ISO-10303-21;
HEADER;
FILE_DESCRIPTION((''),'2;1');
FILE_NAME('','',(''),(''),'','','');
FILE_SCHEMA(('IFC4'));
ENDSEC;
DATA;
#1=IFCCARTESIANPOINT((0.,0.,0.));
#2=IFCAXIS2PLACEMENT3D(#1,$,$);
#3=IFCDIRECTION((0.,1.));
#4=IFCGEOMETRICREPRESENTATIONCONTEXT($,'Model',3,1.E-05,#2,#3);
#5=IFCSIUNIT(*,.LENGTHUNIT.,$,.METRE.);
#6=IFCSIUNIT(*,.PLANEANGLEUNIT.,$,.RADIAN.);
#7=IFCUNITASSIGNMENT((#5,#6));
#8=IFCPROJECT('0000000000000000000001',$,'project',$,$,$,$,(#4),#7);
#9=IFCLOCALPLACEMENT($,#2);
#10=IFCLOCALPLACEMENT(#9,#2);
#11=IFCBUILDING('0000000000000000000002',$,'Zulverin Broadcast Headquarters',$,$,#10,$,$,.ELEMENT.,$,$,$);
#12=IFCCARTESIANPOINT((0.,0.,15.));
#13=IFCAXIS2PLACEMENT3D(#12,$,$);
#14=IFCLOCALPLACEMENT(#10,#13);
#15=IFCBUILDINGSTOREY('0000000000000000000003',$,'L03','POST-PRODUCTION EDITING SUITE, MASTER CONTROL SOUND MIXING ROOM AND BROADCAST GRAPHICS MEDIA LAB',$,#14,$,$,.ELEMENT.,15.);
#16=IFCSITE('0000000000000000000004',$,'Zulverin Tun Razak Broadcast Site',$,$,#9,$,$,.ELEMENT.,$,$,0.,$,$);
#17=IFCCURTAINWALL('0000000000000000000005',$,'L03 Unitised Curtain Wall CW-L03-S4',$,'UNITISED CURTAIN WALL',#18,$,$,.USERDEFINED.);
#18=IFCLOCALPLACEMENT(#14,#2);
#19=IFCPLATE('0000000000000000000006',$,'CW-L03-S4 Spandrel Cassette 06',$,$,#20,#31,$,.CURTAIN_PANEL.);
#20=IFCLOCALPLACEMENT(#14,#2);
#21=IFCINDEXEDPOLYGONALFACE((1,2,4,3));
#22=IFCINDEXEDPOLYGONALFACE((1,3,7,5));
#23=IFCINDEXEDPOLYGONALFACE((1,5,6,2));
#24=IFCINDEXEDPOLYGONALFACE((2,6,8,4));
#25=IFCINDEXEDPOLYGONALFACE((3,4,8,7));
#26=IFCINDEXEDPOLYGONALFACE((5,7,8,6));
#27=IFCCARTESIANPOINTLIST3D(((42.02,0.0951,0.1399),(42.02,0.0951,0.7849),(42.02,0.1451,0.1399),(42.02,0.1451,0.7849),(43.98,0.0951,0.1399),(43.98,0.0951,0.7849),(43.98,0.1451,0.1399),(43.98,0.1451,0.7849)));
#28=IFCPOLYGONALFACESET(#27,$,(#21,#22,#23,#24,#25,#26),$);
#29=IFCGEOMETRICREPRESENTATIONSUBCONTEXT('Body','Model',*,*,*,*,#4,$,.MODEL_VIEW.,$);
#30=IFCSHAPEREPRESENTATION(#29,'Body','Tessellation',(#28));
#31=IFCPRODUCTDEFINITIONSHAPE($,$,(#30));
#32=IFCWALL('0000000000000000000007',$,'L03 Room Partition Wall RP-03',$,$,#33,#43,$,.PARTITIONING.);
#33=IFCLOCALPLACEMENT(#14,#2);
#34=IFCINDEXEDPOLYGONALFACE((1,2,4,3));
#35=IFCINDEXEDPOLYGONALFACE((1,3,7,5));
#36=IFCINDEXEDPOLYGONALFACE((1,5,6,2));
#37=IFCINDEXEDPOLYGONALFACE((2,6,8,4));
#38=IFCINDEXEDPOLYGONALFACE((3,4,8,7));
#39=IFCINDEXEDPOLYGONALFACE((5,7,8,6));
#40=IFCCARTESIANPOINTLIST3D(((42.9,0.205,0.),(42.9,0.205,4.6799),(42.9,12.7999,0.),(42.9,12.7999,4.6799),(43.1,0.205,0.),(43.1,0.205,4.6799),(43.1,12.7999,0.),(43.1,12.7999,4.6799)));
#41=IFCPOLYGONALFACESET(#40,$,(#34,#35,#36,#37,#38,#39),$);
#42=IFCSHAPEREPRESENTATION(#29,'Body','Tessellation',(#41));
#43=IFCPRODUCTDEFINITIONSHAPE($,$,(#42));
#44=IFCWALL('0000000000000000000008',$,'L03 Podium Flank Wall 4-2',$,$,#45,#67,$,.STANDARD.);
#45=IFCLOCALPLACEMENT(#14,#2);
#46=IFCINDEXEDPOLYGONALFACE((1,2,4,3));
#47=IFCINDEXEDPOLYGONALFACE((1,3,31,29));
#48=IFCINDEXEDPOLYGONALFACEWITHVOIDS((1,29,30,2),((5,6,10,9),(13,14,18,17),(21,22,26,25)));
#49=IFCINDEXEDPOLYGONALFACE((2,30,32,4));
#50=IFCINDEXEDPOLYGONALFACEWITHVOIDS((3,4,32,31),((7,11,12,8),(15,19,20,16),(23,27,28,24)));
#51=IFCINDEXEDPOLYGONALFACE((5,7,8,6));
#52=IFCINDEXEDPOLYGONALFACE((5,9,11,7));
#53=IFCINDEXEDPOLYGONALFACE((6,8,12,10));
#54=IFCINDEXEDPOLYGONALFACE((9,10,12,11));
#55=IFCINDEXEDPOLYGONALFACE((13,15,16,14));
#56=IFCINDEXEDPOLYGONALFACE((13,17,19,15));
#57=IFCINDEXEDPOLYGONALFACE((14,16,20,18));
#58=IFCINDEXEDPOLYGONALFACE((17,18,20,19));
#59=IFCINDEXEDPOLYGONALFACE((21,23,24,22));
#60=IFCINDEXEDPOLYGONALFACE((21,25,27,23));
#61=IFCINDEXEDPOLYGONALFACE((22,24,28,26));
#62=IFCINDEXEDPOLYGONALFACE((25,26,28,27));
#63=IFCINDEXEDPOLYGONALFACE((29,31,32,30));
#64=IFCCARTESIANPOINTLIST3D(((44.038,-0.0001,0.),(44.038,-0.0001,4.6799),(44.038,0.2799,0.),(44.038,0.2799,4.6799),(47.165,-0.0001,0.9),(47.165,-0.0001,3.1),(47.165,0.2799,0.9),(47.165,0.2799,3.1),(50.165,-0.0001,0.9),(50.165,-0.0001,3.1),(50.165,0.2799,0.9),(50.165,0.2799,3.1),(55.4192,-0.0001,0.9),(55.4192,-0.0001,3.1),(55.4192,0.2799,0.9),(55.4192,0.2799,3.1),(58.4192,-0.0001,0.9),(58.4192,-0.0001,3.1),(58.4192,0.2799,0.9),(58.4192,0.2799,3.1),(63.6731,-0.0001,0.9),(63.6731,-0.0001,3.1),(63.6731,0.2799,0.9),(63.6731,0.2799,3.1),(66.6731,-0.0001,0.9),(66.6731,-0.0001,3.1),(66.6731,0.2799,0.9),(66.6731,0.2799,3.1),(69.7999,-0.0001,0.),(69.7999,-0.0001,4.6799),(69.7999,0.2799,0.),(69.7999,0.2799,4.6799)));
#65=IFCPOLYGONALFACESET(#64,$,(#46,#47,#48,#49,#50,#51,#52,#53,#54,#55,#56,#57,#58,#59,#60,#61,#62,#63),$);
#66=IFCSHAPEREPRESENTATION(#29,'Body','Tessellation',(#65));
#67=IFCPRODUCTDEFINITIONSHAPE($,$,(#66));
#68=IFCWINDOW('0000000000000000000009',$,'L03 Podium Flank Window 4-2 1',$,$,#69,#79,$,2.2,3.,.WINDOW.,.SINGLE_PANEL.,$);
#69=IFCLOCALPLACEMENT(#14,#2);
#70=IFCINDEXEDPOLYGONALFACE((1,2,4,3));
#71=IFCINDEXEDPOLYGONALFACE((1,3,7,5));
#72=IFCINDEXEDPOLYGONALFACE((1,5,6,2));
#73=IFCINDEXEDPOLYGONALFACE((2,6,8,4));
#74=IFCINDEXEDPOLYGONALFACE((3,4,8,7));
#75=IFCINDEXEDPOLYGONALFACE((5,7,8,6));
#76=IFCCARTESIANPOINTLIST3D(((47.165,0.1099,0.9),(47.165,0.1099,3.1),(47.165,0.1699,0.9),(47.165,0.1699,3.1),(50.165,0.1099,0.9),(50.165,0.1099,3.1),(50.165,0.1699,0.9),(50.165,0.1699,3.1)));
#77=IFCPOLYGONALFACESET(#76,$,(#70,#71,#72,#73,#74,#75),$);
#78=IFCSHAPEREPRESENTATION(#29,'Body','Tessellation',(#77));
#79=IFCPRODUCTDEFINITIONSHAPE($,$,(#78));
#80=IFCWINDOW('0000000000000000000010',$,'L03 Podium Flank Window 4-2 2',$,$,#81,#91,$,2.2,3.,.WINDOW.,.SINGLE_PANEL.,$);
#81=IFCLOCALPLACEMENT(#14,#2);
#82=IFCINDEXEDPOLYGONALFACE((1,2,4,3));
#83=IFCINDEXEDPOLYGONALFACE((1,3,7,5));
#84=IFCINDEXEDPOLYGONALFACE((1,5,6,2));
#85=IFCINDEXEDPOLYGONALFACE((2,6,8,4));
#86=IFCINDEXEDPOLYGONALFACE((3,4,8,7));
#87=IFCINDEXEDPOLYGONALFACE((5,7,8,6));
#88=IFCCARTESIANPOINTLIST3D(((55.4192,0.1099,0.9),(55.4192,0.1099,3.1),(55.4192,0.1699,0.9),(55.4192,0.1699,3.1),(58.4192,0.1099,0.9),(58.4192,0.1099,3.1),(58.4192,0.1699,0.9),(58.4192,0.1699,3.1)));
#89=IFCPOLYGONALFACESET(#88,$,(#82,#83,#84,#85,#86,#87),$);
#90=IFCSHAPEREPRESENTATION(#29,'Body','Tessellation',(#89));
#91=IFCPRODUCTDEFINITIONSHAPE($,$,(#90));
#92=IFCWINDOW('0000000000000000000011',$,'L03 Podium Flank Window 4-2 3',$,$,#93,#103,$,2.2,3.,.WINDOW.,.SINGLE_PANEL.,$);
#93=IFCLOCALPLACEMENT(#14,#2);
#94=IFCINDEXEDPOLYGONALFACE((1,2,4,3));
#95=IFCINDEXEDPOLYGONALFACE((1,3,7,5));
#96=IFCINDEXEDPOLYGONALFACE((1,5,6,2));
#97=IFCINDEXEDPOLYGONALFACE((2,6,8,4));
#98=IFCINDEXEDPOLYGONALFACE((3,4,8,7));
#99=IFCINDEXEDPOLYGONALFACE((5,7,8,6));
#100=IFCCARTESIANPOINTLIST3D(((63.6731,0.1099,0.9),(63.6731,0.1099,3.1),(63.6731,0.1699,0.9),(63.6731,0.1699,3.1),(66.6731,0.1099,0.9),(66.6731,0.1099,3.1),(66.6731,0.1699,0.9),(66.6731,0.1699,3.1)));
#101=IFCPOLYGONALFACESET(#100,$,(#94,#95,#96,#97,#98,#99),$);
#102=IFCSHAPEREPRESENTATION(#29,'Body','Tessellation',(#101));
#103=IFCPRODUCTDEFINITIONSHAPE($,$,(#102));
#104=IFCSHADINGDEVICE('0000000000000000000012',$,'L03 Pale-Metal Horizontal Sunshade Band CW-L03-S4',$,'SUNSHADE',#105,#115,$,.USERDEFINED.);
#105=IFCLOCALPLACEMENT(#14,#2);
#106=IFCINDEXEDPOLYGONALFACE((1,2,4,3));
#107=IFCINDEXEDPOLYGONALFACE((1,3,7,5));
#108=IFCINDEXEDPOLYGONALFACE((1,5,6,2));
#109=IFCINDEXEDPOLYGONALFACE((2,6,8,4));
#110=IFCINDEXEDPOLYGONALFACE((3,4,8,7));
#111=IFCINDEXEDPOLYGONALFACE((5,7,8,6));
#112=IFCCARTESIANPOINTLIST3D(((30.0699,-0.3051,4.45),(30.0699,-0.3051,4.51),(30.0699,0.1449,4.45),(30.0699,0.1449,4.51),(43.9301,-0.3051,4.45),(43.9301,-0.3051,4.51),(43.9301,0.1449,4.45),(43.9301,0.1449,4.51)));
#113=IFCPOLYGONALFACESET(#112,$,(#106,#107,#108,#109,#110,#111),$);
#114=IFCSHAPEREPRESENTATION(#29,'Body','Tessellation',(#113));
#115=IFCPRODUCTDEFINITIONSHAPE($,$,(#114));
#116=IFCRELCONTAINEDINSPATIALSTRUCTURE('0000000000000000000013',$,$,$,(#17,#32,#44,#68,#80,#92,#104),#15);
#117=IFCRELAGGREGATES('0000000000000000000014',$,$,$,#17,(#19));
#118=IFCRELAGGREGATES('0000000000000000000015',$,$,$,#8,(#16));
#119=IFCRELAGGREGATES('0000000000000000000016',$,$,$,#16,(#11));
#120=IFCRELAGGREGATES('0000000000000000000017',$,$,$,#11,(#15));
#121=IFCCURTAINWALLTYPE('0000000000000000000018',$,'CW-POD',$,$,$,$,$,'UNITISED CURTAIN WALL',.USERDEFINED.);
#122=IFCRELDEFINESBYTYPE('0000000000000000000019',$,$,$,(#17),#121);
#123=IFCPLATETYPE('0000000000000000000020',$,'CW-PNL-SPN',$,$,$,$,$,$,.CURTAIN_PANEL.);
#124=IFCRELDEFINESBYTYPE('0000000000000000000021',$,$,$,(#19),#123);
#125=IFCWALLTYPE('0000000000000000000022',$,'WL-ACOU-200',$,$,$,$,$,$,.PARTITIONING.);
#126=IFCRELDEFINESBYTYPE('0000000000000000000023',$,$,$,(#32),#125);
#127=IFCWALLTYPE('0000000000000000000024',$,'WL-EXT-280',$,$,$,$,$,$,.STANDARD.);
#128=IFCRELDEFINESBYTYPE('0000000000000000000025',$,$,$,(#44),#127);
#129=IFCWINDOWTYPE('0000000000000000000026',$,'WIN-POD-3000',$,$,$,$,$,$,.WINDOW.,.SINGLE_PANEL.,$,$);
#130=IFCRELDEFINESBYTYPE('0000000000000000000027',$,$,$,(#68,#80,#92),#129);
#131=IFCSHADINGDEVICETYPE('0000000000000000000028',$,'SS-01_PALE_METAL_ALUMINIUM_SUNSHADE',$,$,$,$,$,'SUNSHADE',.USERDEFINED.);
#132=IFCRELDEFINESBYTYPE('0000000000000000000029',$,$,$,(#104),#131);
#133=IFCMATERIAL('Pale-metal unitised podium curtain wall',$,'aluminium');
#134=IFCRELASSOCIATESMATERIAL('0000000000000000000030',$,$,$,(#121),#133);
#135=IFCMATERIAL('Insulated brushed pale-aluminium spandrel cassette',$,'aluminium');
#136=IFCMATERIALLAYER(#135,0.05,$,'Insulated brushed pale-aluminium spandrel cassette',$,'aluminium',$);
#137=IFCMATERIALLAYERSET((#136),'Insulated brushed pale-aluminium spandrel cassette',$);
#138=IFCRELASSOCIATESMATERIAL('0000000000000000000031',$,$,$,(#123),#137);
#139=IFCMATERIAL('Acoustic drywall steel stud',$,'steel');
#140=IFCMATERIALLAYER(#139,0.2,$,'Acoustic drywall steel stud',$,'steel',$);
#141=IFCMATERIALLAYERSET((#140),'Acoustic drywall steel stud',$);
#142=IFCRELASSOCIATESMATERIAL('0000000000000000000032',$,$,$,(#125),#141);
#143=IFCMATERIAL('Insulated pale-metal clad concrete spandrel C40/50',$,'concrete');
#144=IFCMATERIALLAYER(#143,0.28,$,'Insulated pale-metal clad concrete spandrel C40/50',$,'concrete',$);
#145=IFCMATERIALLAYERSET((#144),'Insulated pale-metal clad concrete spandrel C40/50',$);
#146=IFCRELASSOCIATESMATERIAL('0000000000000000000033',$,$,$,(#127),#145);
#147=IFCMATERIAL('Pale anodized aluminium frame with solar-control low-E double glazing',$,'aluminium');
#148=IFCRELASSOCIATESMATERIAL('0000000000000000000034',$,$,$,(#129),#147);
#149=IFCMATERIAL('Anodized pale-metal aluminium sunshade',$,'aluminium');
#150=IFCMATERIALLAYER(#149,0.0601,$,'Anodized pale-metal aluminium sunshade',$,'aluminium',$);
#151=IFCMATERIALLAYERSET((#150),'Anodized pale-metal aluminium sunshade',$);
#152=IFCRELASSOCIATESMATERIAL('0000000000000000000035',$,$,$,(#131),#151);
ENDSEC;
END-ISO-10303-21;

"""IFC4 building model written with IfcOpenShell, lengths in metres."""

from ifc_helpers import new_model, si_unit, direction, frame, frame_2d, origin, origin_2d, place, context, subcontext, project, spatial, rectangle, extrude, material, layer, layer_set, type_object, element, fill, aggregate, save


model = new_model("IFC4")

# Units and contexts
model_context = context("Model", 3, precision=1e-05, world=origin(), true_north=direction((0.0, 1.0)))
body_context = subcontext(model_context, "Body", "Model", "MODEL_VIEW")
ifc_project = project(units=[si_unit("LENGTHUNIT", "METRE"), si_unit("PLANEANGLEUNIT", "RADIAN")], contexts=[model_context])

# Site, building, storey
site_placement = place(None, origin())
site = spatial("IfcSite", under=ifc_project, at=site_placement, Name="Zulverin Tun Razak Broadcast Site", CompositionType="ELEMENT", RefElevation=0.0)
building_placement = place(site_placement, origin())
building = spatial("IfcBuilding", under=site, at=building_placement, Name="Zulverin Broadcast Headquarters", CompositionType="ELEMENT")
storey_placement = place(building_placement, frame((0.0, 0.0, 15.0)))
storey = spatial("IfcBuildingStorey", under=building, at=storey_placement, Name="L03", Description="POST-PRODUCTION EDITING SUITE, MASTER CONTROL SOUND MIXING ROOM AND BROADCAST GRAPHICS MEDIA LAB", CompositionType="ELEMENT", Elevation=15.0)

# Curtain wall, plate
ifc_material_1 = material(Name="Pale-metal unitised podium curtain wall", Category="aluminium")
curtain_wall_type = type_object("IfcCurtainWallType", Name="CW-POD", ElementType="UNITISED CURTAIN WALL", PredefinedType="USERDEFINED", material=ifc_material_1)
curtain_wall_placement = place(storey_placement, origin())
curtain_wall = element("IfcCurtainWall", 1, at=curtain_wall_placement, inside=storey, type_object=curtain_wall_type, Name="L03 Unitised Curtain Wall CW-L03-S4", ObjectType="UNITISED CURTAIN WALL", PredefinedType="USERDEFINED")
ifc_material_2 = material(Name="Insulated brushed pale-aluminium spandrel cassette", Category="aluminium")
ifc_layer_1 = layer(ifc_material_2, 0.05, Name="Insulated brushed pale-aluminium spandrel cassette", Category="aluminium")
ifc_layer_set_1 = layer_set([ifc_layer_1], Name="Insulated brushed pale-aluminium spandrel cassette")
plate_type_1 = type_object("IfcPlateType", Name="CW-PNL-SPN", PredefinedType="CURTAIN_PANEL", material=ifc_layer_set_1)
plate_1_placement = place(storey_placement, frame((43.0, 0.1201, 0.1399), z_axis=(0.0, 0.0, 1.0), x_axis=(1.0, 0.0, 0.0)))
plate_1 = element("IfcPlate", 2, at=plate_1_placement, type_object=plate_type_1, Name="CW-L03-S4 Spandrel Cassette 06", PredefinedType="CURTAIN_PANEL", context=body_context, shape_type="SweptSolid", body=[
    extrude(rectangle(XDim=1.96, YDim=0.05, at=origin_2d()), origin(), (0.0, 0.0, 1.0), 0.645),
])
aggregate(curtain_wall, [plate_1])

# Wall
ifc_material_3 = material(Name="Acoustic drywall steel stud", Category="steel")
ifc_layer_2 = layer(ifc_material_3, 0.2, Name="Acoustic drywall steel stud", Category="steel")
ifc_layer_set_2 = layer_set([ifc_layer_2], Name="Acoustic drywall steel stud")
wall_type_1 = type_object("IfcWallType", Name="WL-ACOU-200", PredefinedType="PARTITIONING", material=ifc_layer_set_2)
wall_1_placement = place(storey_placement, frame((43.0, 0.2051, 0.0), z_axis=(0.0, 0.0, 1.0), x_axis=(0.0, 1.0, 0.0)))
element("IfcWall", 3, at=wall_1_placement, inside=storey, type_object=wall_type_1, Name="L03 Room Partition Wall RP-03", PredefinedType="PARTITIONING", context=body_context, shape_type="SweptSolid", body=[
    extrude(rectangle(XDim=12.595, YDim=0.2, at=frame_2d((6.2974, 0.0))), origin(), (0.0, 0.0, 1.0), 4.6799),
])

# Wall, openings, windows
ifc_material_4 = material(Name="Insulated pale-metal clad concrete spandrel C40/50", Category="concrete")
ifc_layer_3 = layer(ifc_material_4, 0.28, Name="Insulated pale-metal clad concrete spandrel C40/50", Category="concrete")
ifc_layer_set_3 = layer_set([ifc_layer_3], Name="Insulated pale-metal clad concrete spandrel C40/50")
wall_type_2 = type_object("IfcWallType", Name="WL-EXT-280", PredefinedType="STANDARD", material=ifc_layer_set_3)
wall_2_placement = place(storey_placement, frame((44.0381, 0.1399, 0.0), z_axis=(0.0, 0.0, 1.0), x_axis=(1.0, 0.0, 0.0)))
wall_2 = element("IfcWall", 4, at=wall_2_placement, inside=storey, type_object=wall_type_2, Name="L03 Podium Flank Wall 4-2", PredefinedType="STANDARD", context=body_context, shape_type="SweptSolid", body=[
    extrude(rectangle(XDim=25.762, YDim=0.28, at=frame_2d((12.8809, 0.0))), origin(), (0.0, 0.0, 1.0), 4.6799),
])
opening_1_placement = place(wall_2_placement, frame((3.127, 0.0, 0.8999)))
opening_1 = element("IfcOpeningElement", 5, at=opening_1_placement, cuts=wall_2, PredefinedType="OPENING", context=body_context, shape_type="SweptSolid", body=[
    extrude(rectangle(XDim=3.0, YDim=2.2, at=frame_2d((1.5, 1.1001))), frame((0.0, 0.1499, 0.0), z_axis=(0.0, -1.0, 0.0), x_axis=(1.0, 0.0, 0.0)), (0.0, 0.0, 1.0), 0.3),
])
opening_2_placement = place(wall_2_placement, frame((11.3811, 0.0, 0.8999)))
opening_2 = element("IfcOpeningElement", 6, at=opening_2_placement, cuts=wall_2, PredefinedType="OPENING", context=body_context, shape_type="SweptSolid", body=[
    extrude(rectangle(XDim=3.0, YDim=2.2, at=frame_2d((1.5, 1.1001))), frame((0.0, 0.1499, 0.0), z_axis=(0.0, -1.0, 0.0), x_axis=(1.0, 0.0, 0.0)), (0.0, 0.0, 1.0), 0.3),
])
opening_3_placement = place(wall_2_placement, frame((19.635, 0.0, 0.8999)))
opening_3 = element("IfcOpeningElement", 7, at=opening_3_placement, cuts=wall_2, PredefinedType="OPENING", context=body_context, shape_type="SweptSolid", body=[
    extrude(rectangle(XDim=3.0, YDim=2.2, at=frame_2d((1.5, 1.1001))), frame((0.0, 0.1499, 0.0), z_axis=(0.0, -1.0, 0.0), x_axis=(1.0, 0.0, 0.0)), (0.0, 0.0, 1.0), 0.3),
])
ifc_material_5 = material(Name="Pale anodized aluminium frame with solar-control low-E double glazing", Category="aluminium")
window_type = type_object("IfcWindowType", Name="WIN-POD-3000", PartitioningType="SINGLE_PANEL", PredefinedType="WINDOW", material=ifc_material_5)
window_1_placement = place(opening_1_placement, origin())
window_1 = element("IfcWindow", 8, at=window_1_placement, inside=storey, type_object=window_type, Name="L03 Podium Flank Window 4-2 1", OverallHeight=2.2, OverallWidth=3.0, PartitioningType="SINGLE_PANEL", PredefinedType="WINDOW", context=body_context, shape_type="SweptSolid", body=[
    extrude(rectangle(XDim=3.0, YDim=2.2, at=frame_2d((1.5, 1.1001))), frame((0.0, 0.03, 0.0), z_axis=(0.0, -1.0, 0.0), x_axis=(1.0, 0.0, 0.0)), (0.0, 0.0, 1.0), 0.0601),
])
fill(opening_1, window_1)
window_2_placement = place(opening_2_placement, origin())
window_2 = element("IfcWindow", 9, at=window_2_placement, inside=storey, type_object=window_type, Name="L03 Podium Flank Window 4-2 2", OverallHeight=2.2, OverallWidth=3.0, PartitioningType="SINGLE_PANEL", PredefinedType="WINDOW", context=body_context, shape_type="SweptSolid", body=[
    extrude(rectangle(XDim=3.0, YDim=2.2, at=frame_2d((1.5, 1.1001))), frame((0.0, 0.03, 0.0), z_axis=(0.0, -1.0, 0.0), x_axis=(1.0, 0.0, 0.0)), (0.0, 0.0, 1.0), 0.0601),
])
fill(opening_2, window_2)
window_3_placement = place(opening_3_placement, origin())
window_3 = element("IfcWindow", 10, at=window_3_placement, inside=storey, type_object=window_type, Name="L03 Podium Flank Window 4-2 3", OverallHeight=2.2, OverallWidth=3.0, PartitioningType="SINGLE_PANEL", PredefinedType="WINDOW", context=body_context, shape_type="SweptSolid", body=[
    extrude(rectangle(XDim=3.0, YDim=2.2, at=frame_2d((1.5, 1.1001))), frame((0.0, 0.03, 0.0), z_axis=(0.0, -1.0, 0.0), x_axis=(1.0, 0.0, 0.0)), (0.0, 0.0, 1.0), 0.0601),
])
fill(opening_3, window_3)

# Shading device
ifc_material_6 = material(Name="Anodized pale-metal aluminium sunshade", Category="aluminium")
ifc_layer_4 = layer(ifc_material_6, 0.0601, Name="Anodized pale-metal aluminium sunshade", Category="aluminium")
ifc_layer_set_4 = layer_set([ifc_layer_4], Name="Anodized pale-metal aluminium sunshade")
shading_device_type = type_object("IfcShadingDeviceType", Name="SS-01_PALE_METAL_ALUMINIUM_SUNSHADE", ElementType="SUNSHADE", PredefinedType="USERDEFINED", material=ifc_layer_set_4)
shading_device_placement = place(storey_placement, frame((37.0, -0.0801, 4.45), z_axis=(0.0, 0.0, 1.0), x_axis=(1.0, 0.0, 0.0)))
element("IfcShadingDevice", 11, at=shading_device_placement, inside=storey, type_object=shading_device_type, Name="L03 Pale-Metal Horizontal Sunshade Band CW-L03-S4", ObjectType="SUNSHADE", PredefinedType="USERDEFINED", context=body_context, shape_type="SweptSolid", body=[
    extrude(rectangle(XDim=13.8601, YDim=0.45, at=origin_2d()), origin(), (0.0, 0.0, 1.0), 0.0601),
])

save(model, "model.ifc")
